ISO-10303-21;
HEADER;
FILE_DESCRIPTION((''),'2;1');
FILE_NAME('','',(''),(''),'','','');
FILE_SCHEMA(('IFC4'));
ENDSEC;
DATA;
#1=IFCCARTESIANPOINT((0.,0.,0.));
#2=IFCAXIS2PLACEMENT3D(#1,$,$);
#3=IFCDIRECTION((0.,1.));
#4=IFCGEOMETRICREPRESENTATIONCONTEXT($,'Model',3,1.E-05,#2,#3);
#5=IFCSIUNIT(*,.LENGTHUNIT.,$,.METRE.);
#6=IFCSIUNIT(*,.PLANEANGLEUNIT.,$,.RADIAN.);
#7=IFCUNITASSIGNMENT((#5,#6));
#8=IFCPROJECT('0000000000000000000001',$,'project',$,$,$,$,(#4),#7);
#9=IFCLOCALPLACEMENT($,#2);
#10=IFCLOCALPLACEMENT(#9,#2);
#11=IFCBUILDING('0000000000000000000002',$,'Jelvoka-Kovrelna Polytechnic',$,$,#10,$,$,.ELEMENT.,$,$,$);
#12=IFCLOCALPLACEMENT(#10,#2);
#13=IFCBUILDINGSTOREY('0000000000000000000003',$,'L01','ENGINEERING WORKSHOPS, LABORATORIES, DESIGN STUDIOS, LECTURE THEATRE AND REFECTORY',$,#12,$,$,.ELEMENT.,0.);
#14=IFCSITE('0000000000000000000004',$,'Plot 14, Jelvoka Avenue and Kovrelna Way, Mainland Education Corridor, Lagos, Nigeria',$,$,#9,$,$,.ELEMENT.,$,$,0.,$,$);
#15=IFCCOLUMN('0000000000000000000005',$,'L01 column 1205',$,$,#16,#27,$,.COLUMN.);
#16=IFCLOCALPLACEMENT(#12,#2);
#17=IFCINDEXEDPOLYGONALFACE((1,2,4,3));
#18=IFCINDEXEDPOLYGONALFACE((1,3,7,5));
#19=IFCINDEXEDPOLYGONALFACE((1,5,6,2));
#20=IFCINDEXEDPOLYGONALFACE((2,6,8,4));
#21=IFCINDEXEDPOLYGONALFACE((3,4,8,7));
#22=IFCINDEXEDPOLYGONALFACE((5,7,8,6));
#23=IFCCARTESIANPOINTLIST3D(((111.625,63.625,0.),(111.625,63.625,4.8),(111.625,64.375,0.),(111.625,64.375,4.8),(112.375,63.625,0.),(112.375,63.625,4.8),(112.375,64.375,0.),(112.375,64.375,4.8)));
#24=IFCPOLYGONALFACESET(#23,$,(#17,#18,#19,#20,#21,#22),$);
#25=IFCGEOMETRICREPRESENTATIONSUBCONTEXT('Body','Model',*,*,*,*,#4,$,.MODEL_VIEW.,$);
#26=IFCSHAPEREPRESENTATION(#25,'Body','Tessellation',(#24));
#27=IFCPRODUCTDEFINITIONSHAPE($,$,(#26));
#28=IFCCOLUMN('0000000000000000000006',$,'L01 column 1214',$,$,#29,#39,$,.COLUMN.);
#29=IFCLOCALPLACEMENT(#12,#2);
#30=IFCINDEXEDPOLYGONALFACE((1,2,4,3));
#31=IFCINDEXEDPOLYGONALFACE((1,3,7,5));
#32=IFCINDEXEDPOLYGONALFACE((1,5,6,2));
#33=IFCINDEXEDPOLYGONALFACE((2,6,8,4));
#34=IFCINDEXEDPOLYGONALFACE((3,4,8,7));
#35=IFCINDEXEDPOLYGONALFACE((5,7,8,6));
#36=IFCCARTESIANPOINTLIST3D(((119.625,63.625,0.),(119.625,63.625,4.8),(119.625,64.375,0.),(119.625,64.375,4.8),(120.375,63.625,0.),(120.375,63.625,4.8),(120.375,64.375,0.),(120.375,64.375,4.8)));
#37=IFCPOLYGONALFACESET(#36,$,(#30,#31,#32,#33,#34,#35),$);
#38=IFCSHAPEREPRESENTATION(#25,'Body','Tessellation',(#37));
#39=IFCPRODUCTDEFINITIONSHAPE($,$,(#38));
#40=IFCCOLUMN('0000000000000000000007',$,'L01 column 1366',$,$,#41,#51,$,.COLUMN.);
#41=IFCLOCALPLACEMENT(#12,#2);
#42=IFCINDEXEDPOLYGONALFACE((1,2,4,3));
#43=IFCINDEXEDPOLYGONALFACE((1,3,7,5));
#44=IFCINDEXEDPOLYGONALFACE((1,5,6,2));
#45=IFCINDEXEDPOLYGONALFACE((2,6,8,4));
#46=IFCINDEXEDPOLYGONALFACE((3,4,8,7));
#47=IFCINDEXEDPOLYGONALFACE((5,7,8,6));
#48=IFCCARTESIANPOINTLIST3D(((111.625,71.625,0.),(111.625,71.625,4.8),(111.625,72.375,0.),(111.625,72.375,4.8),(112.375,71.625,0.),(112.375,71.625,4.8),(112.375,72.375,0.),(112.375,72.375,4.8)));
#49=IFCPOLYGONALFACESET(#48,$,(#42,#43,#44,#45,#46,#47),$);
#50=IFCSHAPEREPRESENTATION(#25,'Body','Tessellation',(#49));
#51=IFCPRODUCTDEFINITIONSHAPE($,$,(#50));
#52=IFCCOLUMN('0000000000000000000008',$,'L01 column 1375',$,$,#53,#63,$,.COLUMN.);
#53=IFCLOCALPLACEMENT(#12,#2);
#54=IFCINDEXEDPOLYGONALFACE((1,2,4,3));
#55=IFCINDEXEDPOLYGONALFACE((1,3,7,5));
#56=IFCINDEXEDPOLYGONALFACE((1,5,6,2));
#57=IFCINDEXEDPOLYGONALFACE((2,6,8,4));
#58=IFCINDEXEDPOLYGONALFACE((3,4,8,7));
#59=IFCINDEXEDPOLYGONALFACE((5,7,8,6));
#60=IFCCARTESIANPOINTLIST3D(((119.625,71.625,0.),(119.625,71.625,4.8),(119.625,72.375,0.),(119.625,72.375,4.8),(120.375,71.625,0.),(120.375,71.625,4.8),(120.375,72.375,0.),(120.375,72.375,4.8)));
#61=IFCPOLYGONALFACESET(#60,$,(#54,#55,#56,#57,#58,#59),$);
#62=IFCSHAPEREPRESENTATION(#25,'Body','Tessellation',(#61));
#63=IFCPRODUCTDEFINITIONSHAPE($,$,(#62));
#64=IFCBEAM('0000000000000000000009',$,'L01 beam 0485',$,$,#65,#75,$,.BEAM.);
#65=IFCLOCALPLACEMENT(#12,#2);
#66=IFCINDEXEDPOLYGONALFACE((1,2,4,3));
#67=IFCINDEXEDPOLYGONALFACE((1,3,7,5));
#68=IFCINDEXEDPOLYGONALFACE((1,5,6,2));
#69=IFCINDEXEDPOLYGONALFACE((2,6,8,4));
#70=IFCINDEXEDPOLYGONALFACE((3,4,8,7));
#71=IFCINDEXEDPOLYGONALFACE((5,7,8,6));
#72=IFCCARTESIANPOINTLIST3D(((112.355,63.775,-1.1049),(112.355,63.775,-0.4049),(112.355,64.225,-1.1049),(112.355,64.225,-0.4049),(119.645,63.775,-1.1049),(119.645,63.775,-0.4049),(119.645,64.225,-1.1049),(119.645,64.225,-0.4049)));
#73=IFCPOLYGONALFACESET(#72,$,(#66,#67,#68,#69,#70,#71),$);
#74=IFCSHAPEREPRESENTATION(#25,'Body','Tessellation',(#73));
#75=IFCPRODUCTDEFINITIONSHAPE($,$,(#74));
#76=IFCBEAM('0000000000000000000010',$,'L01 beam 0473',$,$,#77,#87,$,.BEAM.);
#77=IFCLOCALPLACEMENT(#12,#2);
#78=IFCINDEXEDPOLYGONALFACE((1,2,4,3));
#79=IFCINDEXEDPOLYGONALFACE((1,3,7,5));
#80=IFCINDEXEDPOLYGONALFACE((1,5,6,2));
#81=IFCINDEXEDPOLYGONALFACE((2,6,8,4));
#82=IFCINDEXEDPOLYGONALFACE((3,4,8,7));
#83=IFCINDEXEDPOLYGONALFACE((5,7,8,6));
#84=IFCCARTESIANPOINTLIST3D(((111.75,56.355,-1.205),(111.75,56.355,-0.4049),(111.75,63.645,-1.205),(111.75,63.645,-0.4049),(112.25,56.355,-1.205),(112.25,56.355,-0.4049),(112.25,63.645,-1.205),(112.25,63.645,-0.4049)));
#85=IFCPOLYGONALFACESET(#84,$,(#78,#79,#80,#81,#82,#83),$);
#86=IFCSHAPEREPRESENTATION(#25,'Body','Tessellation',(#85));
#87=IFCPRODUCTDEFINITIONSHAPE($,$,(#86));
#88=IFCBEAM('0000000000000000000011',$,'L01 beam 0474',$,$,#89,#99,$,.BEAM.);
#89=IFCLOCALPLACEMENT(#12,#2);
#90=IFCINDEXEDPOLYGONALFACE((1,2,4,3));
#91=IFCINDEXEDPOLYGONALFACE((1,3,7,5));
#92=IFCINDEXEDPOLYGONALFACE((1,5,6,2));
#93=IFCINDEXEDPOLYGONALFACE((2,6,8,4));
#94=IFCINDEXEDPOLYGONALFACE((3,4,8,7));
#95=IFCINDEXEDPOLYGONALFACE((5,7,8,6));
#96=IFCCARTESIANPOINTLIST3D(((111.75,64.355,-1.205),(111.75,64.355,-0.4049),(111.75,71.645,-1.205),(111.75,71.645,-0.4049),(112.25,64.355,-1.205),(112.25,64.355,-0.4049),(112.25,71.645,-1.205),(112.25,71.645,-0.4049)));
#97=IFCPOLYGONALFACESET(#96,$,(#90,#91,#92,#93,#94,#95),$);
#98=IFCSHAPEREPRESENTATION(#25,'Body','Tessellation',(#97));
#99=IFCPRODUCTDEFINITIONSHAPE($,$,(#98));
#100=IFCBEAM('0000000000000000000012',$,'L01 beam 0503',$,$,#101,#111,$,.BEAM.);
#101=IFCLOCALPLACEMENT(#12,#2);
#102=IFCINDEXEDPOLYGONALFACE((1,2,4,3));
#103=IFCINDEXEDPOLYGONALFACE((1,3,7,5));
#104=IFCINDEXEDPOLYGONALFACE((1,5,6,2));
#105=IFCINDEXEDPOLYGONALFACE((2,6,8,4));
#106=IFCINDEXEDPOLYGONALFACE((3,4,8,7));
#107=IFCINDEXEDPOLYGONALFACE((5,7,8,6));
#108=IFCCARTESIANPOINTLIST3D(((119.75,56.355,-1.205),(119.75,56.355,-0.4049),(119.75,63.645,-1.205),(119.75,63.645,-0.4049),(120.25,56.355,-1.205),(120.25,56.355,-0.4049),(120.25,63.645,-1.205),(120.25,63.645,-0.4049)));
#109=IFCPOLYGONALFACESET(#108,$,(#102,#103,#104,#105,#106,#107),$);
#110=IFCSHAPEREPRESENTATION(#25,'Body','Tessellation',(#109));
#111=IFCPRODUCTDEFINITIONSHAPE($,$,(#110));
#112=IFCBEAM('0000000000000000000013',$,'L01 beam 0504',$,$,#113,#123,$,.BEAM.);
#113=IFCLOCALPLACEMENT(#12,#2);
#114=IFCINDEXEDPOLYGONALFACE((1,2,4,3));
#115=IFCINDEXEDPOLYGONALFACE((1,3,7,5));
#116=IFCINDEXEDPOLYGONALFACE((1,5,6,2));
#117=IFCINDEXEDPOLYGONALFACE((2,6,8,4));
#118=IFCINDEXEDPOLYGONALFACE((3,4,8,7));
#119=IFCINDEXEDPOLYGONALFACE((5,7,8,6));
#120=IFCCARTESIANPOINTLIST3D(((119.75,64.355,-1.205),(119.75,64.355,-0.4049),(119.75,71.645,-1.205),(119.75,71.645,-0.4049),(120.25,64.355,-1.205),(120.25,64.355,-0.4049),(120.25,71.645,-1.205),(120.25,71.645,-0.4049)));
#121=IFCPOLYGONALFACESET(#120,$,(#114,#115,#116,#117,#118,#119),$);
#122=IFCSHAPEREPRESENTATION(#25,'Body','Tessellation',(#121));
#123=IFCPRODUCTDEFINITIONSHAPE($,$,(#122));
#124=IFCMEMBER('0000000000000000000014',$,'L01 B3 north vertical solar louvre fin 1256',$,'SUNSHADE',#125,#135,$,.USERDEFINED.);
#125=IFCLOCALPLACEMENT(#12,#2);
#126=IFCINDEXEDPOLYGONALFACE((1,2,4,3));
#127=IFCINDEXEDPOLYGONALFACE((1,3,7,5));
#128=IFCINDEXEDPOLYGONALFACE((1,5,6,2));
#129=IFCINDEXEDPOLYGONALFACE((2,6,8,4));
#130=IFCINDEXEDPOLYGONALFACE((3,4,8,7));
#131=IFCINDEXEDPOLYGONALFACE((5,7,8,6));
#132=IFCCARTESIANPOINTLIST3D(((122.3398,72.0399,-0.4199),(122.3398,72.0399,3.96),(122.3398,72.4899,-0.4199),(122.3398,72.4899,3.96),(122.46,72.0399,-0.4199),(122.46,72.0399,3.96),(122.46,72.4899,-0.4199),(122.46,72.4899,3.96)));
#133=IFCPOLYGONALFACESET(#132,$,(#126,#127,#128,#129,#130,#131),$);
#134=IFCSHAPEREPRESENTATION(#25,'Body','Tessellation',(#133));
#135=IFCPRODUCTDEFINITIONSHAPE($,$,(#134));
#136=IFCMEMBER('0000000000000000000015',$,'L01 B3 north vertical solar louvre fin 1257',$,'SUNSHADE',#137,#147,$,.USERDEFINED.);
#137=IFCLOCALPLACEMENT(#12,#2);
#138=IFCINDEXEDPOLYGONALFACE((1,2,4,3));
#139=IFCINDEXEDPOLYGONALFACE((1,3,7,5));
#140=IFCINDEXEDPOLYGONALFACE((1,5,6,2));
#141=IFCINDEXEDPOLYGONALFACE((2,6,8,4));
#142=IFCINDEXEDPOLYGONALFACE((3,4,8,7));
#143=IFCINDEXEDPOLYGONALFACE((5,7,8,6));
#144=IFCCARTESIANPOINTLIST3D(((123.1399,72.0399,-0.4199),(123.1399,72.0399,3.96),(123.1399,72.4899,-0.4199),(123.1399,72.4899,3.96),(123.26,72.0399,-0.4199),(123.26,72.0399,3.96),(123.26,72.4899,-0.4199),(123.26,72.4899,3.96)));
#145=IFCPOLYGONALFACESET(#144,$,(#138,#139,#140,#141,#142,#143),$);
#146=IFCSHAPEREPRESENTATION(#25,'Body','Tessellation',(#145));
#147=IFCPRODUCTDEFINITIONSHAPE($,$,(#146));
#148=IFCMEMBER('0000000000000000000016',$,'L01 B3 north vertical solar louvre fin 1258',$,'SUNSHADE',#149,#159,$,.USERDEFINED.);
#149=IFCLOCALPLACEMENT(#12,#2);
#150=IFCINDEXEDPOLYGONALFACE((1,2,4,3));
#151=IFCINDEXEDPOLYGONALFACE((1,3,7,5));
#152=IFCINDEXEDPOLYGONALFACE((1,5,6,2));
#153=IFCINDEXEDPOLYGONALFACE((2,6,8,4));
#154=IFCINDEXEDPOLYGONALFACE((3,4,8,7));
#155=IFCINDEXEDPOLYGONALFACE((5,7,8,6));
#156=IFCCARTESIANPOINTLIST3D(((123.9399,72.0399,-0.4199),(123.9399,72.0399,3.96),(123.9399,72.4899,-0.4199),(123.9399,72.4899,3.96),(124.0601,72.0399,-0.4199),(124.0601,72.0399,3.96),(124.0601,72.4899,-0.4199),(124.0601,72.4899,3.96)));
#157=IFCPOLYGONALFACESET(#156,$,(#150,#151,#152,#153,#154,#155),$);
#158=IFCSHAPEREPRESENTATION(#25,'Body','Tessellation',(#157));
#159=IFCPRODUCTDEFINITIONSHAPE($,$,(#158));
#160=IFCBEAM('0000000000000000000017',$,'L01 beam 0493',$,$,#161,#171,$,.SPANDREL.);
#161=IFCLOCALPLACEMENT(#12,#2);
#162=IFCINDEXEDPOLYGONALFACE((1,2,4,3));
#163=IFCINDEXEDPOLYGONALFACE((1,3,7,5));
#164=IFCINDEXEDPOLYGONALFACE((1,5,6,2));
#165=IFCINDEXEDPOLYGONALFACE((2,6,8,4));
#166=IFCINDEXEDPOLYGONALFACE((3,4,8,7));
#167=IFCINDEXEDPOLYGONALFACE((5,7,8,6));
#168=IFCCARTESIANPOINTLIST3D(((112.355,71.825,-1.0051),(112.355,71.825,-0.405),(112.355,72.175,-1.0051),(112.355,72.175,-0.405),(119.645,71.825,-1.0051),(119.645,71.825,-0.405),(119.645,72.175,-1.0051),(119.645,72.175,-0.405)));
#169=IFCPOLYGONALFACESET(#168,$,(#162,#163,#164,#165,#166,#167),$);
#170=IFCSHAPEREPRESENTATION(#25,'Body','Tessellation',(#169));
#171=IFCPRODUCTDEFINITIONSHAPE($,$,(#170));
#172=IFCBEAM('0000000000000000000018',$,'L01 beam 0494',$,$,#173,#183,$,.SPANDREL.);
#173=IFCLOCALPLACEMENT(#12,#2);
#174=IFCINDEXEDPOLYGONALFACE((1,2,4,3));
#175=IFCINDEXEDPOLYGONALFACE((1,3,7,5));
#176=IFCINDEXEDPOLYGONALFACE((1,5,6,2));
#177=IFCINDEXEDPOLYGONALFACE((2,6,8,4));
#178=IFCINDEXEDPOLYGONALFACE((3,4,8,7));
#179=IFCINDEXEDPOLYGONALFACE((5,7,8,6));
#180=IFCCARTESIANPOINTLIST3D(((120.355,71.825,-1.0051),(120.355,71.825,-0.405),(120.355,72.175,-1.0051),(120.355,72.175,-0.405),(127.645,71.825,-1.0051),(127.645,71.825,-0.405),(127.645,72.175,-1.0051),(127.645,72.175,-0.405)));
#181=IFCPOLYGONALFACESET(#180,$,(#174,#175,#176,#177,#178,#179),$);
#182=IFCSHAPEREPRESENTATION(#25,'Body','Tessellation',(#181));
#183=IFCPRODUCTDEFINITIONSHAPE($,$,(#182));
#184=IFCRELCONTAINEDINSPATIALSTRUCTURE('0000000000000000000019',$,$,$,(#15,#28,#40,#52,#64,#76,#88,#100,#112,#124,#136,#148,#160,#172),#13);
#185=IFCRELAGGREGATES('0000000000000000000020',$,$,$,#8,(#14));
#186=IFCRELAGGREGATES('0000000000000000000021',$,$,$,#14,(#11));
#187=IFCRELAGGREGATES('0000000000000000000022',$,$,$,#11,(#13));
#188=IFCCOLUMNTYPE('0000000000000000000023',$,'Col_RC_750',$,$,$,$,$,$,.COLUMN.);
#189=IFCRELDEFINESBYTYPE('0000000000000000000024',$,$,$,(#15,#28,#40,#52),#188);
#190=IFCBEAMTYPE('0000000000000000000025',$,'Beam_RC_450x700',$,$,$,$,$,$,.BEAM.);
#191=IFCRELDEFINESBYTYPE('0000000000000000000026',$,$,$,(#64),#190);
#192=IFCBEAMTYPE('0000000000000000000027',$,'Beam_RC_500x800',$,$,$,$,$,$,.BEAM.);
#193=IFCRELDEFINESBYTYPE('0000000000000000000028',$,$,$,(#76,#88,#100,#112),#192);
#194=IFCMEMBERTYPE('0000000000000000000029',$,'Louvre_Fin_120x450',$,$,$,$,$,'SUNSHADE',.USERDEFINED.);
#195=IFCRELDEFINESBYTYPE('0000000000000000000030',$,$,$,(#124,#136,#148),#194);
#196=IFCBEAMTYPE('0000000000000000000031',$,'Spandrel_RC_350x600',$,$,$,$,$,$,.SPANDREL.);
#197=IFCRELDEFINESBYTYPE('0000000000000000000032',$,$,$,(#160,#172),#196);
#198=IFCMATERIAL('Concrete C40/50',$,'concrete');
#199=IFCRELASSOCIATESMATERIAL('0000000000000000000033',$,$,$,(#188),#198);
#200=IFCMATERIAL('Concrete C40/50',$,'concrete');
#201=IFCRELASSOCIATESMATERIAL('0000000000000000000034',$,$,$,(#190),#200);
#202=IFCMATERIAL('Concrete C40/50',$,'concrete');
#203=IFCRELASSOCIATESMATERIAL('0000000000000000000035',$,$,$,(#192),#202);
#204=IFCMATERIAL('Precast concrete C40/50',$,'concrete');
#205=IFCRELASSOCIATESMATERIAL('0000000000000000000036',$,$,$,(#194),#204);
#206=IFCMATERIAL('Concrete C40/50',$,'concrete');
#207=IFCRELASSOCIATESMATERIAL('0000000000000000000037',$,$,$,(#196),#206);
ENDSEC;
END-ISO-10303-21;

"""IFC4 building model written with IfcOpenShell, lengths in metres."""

from ifc_helpers import new_model, si_unit, direction, frame, origin, origin_2d, place, context, subcontext, project, spatial, rectangle, extrude, material, material_profile, profile_set, type_object, element, save


model = new_model("IFC4")

# Units and contexts
model_context = context("Model", 3, precision=1e-05, world=origin(), true_north=direction((0.0, 1.0)))
body_context = subcontext(model_context, "Body", "Model", "MODEL_VIEW")
ifc_project = project(units=[si_unit("LENGTHUNIT", "METRE"), si_unit("PLANEANGLEUNIT", "RADIAN")], contexts=[model_context])

# Site, building, storey
site_placement = place(None, origin())
site = spatial("IfcSite", under=ifc_project, at=site_placement, Name="Plot 14, Jelvoka Avenue and Kovrelna Way, Mainland Education Corridor, Lagos, Nigeria", CompositionType="ELEMENT", RefElevation=0.0)
building_placement = place(site_placement, origin())
building = spatial("IfcBuilding", under=site, at=building_placement, Name="Jelvoka-Kovrelna Polytechnic", CompositionType="ELEMENT")
storey_placement = place(building_placement, origin())
storey = spatial("IfcBuildingStorey", under=building, at=storey_placement, Name="L01", Description="ENGINEERING WORKSHOPS, LABORATORIES, DESIGN STUDIOS, LECTURE THEATRE AND REFECTORY", CompositionType="ELEMENT", Elevation=0.0)

# Columns
ifc_material_1 = material(Name="Concrete C40/50", Category="concrete")
ifc_material_profile_1 = material_profile(ifc_material_1, rectangle(XDim=0.75, YDim=0.75, at=origin_2d()), Name="RC 750x750")
ifc_profile_set_1 = profile_set([ifc_material_profile_1], Name="Concrete C40/50")
column_type = type_object("IfcColumnType", Name="Col_RC_750", PredefinedType="COLUMN", material=ifc_profile_set_1)
for number, where, z_axis, x_axis, name in (
    (1, (112.0, 64.0, 0.0), (0.0, 0.0, 1.0), (1.0, 0.0, 0.0), "L01 column 1205"),
    (2, (120.0, 64.0, 0.0), (0.0, 0.0, 1.0), (1.0, 0.0, 0.0), "L01 column 1214"),
    (3, (112.0, 72.0, 0.0), (0.0, 0.0, 1.0), (1.0, 0.0, 0.0), "L01 column 1366"),
    (4, (120.0, 72.0, 0.0), (0.0, 0.0, 1.0), (1.0, 0.0, 0.0), "L01 column 1375"),
):
    element("IfcColumn", number, at=place(storey_placement, frame(where, z_axis=z_axis, x_axis=x_axis)), inside=storey, type_object=column_type, Name=name, PredefinedType="COLUMN", context=body_context, shape_type="SweptSolid", body=[
        extrude(rectangle(XDim=0.75, YDim=0.75, at=origin_2d()), origin(), (0.0, 0.0, 1.0), 4.8),
    ])

# Beams
ifc_material_2 = material(Name="Concrete C40/50", Category="concrete")
ifc_material_profile_2 = material_profile(ifc_material_2, rectangle(XDim=0.45, YDim=0.7, at=origin_2d()), Name="RC 450x700")
ifc_profile_set_2 = profile_set([ifc_material_profile_2], Name="Concrete C40/50")
beam_type_1 = type_object("IfcBeamType", Name="Beam_RC_450x700", PredefinedType="BEAM", material=ifc_profile_set_2)
beam_placement = place(storey_placement, frame((112.355, 64.0, -0.7549), z_axis=(1.0, 0.0, 0.0), x_axis=(0.0, 1.0, 0.0)))
element("IfcBeam", 5, at=beam_placement, inside=storey, type_object=beam_type_1, Name="L01 beam 0485", PredefinedType="BEAM", context=body_context, shape_type="SweptSolid", body=[
    extrude(rectangle(XDim=0.45, YDim=0.7, at=origin_2d()), origin(), (0.0, 0.0, 1.0), 7.29),
])
ifc_material_3 = material(Name="Concrete C40/50", Category="concrete")
ifc_material_profile_3 = material_profile(ifc_material_3, rectangle(XDim=0.5, YDim=0.8, at=origin_2d()), Name="RC 500x800")
ifc_profile_set_3 = profile_set([ifc_material_profile_3], Name="Concrete C40/50")
beam_type_2 = type_object("IfcBeamType", Name="Beam_RC_500x800", PredefinedType="BEAM", material=ifc_profile_set_3)
for number, where, z_axis, x_axis, name in (
    (6, (112.0, 56.355, -0.8049), (0.0, 1.0, 0.0), (-1.0, 0.0, 0.0), "L01 beam 0473"),
    (7, (112.0, 64.355, -0.8049), (0.0, 1.0, 0.0), (-1.0, 0.0, 0.0), "L01 beam 0474"),
    (8, (120.0, 56.355, -0.8049), (0.0, 1.0, 0.0), (-1.0, 0.0, 0.0), "L01 beam 0503"),
    (9, (120.0, 64.355, -0.8049), (0.0, 1.0, 0.0), (-1.0, 0.0, 0.0), "L01 beam 0504"),
):
    element("IfcBeam", number, at=place(storey_placement, frame(where, z_axis=z_axis, x_axis=x_axis)), inside=storey, type_object=beam_type_2, Name=name, PredefinedType="BEAM", context=body_context, shape_type="SweptSolid", body=[
        extrude(rectangle(XDim=0.5, YDim=0.8, at=origin_2d()), origin(), (0.0, 0.0, 1.0), 7.29),
    ])

# Members
ifc_material_4 = material(Name="Precast concrete C40/50", Category="concrete")
ifc_material_profile_4 = material_profile(ifc_material_4, rectangle(XDim=0.1201, YDim=0.45, at=origin_2d()), Name="PC 120x450")
ifc_profile_set_4 = profile_set([ifc_material_profile_4], Name="Precast concrete C40/50")
member_type = type_object("IfcMemberType", Name="Louvre_Fin_120x450", ElementType="SUNSHADE", PredefinedType="USERDEFINED", material=ifc_profile_set_4)
for number, where, z_axis, x_axis, name in (
    (10, (122.3999, 72.2649, -0.4199), (0.0, 0.0, 1.0), (1.0, 0.0, 0.0), "L01 B3 north vertical solar louvre fin 1256"),
    (11, (123.2, 72.2649, -0.4199), (0.0, 0.0, 1.0), (1.0, 0.0, 0.0), "L01 B3 north vertical solar louvre fin 1257"),
    (12, (124.0, 72.2649, -0.4199), (0.0, 0.0, 1.0), (1.0, 0.0, 0.0), "L01 B3 north vertical solar louvre fin 1258"),
):
    element("IfcMember", number, at=place(storey_placement, frame(where, z_axis=z_axis, x_axis=x_axis)), inside=storey, type_object=member_type, Name=name, ObjectType="SUNSHADE", PredefinedType="USERDEFINED", context=body_context, shape_type="SweptSolid", body=[
        extrude(rectangle(XDim=0.1201, YDim=0.45, at=origin_2d()), origin(), (0.0, 0.0, 1.0), 4.3799),
    ])

# Beams
ifc_material_5 = material(Name="Concrete C40/50", Category="concrete")
ifc_material_profile_5 = material_profile(ifc_material_5, rectangle(XDim=0.3501, YDim=0.6001, at=origin_2d()), Name="RC 350x600")
ifc_profile_set_5 = profile_set([ifc_material_profile_5], Name="Concrete C40/50")
beam_type_3 = type_object("IfcBeamType", Name="Spandrel_RC_350x600", PredefinedType="SPANDREL", material=ifc_profile_set_5)
for number, where, z_axis, x_axis, name in (
    (13, (112.355, 72.0, -0.7051), (1.0, 0.0, 0.0), (0.0, 1.0, 0.0), "L01 beam 0493"),
    (14, (120.355, 72.0, -0.7051), (1.0, 0.0, 0.0), (0.0, 1.0, 0.0), "L01 beam 0494"),
):
    element("IfcBeam", number, at=place(storey_placement, frame(where, z_axis=z_axis, x_axis=x_axis)), inside=storey, type_object=beam_type_3, Name=name, PredefinedType="SPANDREL", context=body_context, shape_type="SweptSolid", body=[
        extrude(rectangle(XDim=0.3501, YDim=0.6001, at=origin_2d()), origin(), (0.0, 0.0, 1.0), 7.29),
    ])

save(model, "model.ifc")
